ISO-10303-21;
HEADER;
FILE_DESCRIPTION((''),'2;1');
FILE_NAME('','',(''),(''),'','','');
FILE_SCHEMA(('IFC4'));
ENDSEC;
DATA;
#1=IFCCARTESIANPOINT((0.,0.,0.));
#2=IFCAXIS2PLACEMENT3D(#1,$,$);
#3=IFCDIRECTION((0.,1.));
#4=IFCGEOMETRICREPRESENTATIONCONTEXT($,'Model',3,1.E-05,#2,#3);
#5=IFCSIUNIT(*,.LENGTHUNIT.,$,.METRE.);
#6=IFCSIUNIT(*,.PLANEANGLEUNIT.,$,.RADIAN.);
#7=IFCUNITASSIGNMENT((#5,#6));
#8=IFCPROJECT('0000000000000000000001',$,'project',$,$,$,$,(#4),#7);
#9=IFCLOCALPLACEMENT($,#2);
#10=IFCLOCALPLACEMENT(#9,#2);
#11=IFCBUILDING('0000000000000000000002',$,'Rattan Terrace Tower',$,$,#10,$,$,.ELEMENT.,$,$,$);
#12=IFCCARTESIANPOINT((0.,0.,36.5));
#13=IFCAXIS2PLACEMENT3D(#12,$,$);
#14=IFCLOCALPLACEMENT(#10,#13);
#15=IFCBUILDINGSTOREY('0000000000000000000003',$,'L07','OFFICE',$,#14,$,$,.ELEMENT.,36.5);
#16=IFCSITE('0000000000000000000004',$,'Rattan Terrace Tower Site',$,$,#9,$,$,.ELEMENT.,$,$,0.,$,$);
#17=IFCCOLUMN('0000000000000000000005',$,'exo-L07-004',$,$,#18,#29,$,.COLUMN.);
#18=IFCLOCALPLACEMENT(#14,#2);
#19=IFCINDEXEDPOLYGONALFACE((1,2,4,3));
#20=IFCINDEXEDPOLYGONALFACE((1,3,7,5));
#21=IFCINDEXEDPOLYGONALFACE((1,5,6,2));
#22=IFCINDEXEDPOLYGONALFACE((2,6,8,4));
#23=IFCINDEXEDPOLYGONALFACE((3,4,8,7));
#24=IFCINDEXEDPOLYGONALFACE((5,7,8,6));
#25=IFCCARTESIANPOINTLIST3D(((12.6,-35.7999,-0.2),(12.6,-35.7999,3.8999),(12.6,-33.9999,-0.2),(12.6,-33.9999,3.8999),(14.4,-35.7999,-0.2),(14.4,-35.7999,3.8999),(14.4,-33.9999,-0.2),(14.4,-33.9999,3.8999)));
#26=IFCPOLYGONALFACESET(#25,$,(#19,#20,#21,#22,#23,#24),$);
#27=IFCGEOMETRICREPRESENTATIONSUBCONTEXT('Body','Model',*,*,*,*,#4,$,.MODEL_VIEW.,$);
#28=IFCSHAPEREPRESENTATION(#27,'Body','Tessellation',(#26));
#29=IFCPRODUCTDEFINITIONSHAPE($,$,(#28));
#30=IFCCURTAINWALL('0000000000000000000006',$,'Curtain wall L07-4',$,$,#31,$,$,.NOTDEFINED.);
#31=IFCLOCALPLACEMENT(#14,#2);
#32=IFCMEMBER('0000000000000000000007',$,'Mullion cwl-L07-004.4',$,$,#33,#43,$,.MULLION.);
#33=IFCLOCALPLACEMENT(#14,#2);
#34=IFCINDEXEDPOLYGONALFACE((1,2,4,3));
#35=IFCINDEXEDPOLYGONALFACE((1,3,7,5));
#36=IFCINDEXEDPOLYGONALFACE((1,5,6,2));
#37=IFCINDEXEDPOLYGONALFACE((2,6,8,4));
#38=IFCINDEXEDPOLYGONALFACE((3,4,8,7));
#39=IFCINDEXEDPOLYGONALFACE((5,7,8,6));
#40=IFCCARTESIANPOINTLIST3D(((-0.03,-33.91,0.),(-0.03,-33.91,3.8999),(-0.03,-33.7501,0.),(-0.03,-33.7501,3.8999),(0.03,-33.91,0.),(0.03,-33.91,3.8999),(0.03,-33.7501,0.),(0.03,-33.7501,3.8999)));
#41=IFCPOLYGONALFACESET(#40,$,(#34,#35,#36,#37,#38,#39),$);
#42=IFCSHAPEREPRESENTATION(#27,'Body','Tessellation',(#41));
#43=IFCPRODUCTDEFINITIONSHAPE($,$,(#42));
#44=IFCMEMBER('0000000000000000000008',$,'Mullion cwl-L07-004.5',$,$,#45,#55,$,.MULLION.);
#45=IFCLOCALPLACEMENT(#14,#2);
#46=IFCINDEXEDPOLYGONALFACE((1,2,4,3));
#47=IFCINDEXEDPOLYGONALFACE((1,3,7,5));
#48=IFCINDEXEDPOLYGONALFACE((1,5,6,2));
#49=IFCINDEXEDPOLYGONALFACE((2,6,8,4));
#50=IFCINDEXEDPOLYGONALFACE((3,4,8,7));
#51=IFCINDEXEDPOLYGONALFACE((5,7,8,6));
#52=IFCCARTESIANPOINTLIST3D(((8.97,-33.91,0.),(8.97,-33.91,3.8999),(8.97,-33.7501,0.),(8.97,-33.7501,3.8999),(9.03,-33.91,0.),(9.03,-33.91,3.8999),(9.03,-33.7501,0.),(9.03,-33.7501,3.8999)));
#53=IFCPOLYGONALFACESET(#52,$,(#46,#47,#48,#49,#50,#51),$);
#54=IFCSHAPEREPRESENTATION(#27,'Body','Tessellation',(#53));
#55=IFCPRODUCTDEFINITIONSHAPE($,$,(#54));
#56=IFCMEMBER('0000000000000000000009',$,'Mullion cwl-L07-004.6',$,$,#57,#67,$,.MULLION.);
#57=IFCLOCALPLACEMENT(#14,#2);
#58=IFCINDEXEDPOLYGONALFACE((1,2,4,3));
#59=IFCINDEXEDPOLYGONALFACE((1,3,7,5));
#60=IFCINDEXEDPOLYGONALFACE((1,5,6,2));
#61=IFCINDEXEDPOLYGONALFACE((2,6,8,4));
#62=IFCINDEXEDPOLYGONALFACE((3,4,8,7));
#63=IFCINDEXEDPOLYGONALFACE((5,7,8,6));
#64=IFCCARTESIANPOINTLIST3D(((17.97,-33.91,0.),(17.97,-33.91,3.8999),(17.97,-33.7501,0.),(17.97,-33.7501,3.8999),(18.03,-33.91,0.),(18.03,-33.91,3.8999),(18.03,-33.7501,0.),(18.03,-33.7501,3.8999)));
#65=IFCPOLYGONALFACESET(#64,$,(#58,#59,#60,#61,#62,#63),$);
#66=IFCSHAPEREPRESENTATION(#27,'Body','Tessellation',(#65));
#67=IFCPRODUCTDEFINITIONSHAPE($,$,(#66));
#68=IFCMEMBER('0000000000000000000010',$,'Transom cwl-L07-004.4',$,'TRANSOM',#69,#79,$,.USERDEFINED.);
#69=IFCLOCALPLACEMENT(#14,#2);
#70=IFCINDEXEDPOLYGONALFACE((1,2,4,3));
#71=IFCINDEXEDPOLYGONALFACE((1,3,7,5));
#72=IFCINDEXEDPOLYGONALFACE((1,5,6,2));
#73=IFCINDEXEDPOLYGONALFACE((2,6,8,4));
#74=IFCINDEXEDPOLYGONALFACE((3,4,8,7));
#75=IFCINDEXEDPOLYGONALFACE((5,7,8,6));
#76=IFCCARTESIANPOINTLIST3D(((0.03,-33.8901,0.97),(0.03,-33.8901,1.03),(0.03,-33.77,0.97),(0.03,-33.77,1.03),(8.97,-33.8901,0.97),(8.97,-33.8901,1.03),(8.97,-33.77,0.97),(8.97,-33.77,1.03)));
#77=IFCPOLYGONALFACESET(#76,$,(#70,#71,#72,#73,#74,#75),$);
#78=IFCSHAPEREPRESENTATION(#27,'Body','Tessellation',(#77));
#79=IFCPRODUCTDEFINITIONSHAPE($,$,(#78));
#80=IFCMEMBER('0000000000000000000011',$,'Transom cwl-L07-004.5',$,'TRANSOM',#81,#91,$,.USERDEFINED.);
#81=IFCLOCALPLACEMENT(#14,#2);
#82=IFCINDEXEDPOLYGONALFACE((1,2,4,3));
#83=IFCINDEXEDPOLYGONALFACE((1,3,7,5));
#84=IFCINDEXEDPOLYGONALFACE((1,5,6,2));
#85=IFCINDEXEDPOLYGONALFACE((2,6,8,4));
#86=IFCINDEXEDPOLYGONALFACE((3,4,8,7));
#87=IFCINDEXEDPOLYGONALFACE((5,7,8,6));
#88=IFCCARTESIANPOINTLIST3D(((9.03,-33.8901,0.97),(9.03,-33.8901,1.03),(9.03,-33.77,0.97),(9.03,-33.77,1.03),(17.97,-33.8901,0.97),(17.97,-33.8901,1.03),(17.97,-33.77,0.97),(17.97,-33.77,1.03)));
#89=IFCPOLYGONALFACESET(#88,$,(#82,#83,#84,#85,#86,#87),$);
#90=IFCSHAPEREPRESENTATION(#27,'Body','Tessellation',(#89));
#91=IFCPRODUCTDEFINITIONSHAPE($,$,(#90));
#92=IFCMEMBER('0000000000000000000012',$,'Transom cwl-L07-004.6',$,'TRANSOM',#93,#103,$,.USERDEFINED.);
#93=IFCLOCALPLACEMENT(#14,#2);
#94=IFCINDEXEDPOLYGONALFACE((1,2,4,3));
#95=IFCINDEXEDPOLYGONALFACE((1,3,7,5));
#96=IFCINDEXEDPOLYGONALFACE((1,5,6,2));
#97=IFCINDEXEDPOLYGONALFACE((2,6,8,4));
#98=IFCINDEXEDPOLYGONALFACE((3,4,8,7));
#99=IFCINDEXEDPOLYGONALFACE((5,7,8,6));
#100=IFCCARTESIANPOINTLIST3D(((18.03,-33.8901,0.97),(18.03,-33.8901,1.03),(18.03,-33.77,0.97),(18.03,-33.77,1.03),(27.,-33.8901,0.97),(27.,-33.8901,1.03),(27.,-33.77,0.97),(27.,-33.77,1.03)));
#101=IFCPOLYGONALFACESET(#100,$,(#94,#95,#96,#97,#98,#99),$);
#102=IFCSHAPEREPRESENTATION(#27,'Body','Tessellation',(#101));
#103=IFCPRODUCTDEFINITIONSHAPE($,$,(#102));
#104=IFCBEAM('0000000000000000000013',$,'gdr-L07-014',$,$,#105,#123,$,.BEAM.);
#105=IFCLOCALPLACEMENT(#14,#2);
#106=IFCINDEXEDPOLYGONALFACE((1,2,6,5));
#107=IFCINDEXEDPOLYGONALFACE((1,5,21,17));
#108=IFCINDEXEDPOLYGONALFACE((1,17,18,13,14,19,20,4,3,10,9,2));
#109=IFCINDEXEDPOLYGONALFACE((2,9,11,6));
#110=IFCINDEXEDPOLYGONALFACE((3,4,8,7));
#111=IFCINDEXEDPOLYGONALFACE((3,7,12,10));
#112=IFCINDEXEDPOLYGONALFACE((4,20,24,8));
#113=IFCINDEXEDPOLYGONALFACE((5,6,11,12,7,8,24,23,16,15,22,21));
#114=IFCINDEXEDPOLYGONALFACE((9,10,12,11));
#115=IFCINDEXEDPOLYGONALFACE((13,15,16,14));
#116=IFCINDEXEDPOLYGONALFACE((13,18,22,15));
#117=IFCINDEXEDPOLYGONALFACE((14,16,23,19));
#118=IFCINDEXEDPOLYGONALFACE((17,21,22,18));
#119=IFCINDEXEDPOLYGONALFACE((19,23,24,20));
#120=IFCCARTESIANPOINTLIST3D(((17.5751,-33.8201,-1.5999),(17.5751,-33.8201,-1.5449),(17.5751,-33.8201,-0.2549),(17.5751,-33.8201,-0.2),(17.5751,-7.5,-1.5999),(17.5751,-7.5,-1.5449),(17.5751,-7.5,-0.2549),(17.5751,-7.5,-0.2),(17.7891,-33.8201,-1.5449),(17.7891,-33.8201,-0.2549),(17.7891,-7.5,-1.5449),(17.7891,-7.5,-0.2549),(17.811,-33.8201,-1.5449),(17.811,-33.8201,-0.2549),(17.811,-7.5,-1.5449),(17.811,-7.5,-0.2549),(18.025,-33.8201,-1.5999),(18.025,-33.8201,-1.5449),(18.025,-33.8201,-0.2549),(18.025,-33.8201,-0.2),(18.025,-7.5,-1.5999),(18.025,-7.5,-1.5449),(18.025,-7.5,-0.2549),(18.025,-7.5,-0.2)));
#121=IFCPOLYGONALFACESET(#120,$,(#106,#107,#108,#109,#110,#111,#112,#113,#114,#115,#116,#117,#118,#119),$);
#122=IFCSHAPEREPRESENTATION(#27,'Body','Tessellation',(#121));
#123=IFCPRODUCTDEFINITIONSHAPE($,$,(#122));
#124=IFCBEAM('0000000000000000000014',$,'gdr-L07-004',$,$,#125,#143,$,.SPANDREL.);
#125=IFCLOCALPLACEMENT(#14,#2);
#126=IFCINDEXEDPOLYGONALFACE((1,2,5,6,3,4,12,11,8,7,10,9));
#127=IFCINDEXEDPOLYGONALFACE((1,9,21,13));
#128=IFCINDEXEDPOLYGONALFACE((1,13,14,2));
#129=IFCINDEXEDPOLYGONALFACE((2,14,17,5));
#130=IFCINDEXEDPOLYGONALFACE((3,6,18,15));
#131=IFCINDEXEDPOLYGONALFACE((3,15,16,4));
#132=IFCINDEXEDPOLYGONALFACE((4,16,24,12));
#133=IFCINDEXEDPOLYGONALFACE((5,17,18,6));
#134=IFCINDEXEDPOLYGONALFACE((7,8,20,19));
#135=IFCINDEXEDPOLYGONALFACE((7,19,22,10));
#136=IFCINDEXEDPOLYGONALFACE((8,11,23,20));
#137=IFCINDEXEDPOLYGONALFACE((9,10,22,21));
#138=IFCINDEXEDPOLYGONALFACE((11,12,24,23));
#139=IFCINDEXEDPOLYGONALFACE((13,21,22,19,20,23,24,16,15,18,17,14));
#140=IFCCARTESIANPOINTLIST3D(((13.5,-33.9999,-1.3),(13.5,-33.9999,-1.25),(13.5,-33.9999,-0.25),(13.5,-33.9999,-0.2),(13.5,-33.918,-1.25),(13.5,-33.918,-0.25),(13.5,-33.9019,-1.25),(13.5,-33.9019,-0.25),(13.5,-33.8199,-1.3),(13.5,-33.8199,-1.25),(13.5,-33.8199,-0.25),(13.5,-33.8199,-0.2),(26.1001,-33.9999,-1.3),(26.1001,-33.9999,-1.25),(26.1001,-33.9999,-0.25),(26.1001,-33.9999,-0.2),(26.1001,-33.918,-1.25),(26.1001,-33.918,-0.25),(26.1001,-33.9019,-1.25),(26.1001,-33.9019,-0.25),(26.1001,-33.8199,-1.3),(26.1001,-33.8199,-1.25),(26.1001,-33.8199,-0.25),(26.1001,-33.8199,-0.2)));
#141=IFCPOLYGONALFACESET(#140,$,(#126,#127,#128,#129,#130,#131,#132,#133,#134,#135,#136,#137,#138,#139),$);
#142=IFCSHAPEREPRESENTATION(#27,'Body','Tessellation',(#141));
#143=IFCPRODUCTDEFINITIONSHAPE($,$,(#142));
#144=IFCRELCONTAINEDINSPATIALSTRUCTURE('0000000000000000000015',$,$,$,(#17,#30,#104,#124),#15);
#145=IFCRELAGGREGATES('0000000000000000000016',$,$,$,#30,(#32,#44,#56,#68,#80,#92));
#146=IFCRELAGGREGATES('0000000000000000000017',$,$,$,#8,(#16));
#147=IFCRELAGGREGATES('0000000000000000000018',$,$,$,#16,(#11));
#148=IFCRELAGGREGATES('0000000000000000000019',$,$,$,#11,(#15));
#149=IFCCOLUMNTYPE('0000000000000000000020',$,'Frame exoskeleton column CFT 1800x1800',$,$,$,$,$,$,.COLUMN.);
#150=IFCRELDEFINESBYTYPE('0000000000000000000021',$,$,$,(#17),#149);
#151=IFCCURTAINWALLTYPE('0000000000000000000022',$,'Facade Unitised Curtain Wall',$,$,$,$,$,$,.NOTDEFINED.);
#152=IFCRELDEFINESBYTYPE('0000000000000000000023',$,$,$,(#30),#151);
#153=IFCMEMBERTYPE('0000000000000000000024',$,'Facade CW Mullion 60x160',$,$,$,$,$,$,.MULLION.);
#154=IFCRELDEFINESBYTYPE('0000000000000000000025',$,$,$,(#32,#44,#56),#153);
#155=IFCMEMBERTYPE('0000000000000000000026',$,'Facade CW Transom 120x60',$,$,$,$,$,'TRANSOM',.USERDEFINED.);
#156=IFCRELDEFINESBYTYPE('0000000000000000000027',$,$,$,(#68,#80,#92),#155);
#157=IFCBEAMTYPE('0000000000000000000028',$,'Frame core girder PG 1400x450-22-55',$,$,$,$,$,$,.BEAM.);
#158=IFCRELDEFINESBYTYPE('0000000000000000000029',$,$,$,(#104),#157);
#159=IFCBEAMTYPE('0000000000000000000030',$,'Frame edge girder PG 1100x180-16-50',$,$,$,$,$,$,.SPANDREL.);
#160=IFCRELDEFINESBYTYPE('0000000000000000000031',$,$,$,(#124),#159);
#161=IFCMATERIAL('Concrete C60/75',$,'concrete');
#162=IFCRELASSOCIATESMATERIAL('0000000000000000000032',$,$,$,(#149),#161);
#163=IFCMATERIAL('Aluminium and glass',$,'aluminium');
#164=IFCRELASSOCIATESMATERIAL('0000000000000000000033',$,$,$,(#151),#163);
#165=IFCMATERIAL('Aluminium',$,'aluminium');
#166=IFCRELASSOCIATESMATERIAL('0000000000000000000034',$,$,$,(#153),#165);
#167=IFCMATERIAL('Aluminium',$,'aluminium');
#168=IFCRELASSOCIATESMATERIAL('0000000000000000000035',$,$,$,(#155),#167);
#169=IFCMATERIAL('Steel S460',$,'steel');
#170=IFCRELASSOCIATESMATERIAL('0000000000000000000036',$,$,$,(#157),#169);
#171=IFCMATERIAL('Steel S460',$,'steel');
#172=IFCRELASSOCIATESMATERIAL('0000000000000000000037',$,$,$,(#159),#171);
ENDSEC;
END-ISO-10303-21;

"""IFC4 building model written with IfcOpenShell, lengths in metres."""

from ifc_helpers import new_model, si_unit, direction, frame, origin, origin_2d, place, context, subcontext, project, spatial, rectangle, i_section, extrude, material, material_profile, profile_set, type_object, element, aggregate, save


model = new_model("IFC4")

# Units and contexts
model_context = context("Model", 3, precision=1e-05, world=origin(), true_north=direction((0.0, 1.0)))
body_context = subcontext(model_context, "Body", "Model", "MODEL_VIEW")
ifc_project = project(units=[si_unit("LENGTHUNIT", "METRE"), si_unit("PLANEANGLEUNIT", "RADIAN")], contexts=[model_context])

# Site, building, storey
site_placement = place(None, origin())
site = spatial("IfcSite", under=ifc_project, at=site_placement, Name="Rattan Terrace Tower Site", CompositionType="ELEMENT", RefElevation=0.0)
building_placement = place(site_placement, origin())
building = spatial("IfcBuilding", under=site, at=building_placement, Name="Rattan Terrace Tower", CompositionType="ELEMENT")
storey_placement = place(building_placement, frame((0.0, 0.0, 36.5)))
storey = spatial("IfcBuildingStorey", under=building, at=storey_placement, Name="L07", Description="OFFICE", CompositionType="ELEMENT", Elevation=36.5)

# Column
ifc_material_1 = material(Name="Concrete C60/75", Category="concrete")
ifc_material_profile_1 = material_profile(ifc_material_1, rectangle(XDim=1.8, YDim=1.8, at=origin_2d()), Name="CFT 1800x1800")
ifc_profile_set_1 = profile_set([ifc_material_profile_1], Name="Concrete C60/75")
column_type = type_object("IfcColumnType", Name="Frame exoskeleton column CFT 1800x1800", PredefinedType="COLUMN", material=ifc_profile_set_1)
column_placement = place(storey_placement, frame((13.5, -34.8999, -0.2), z_axis=(0.0, 0.0, 1.0), x_axis=(1.0, 0.0, 0.0)))
element("IfcColumn", 1, at=column_placement, inside=storey, type_object=column_type, Name="exo-L07-004", PredefinedType="COLUMN", context=body_context, shape_type="SweptSolid", body=[
    extrude(rectangle(XDim=1.8, YDim=1.8, at=origin_2d()), origin(), (0.0, 0.0, 1.0), 4.0999),
])

# Curtain wall, members
ifc_material_2 = material(Name="Aluminium and glass", Category="aluminium")
curtain_wall_type = type_object("IfcCurtainWallType", Name="Facade Unitised Curtain Wall", PredefinedType="NOTDEFINED", material=ifc_material_2)
curtain_wall_placement = place(storey_placement, origin())
curtain_wall = element("IfcCurtainWall", 2, at=curtain_wall_placement, inside=storey, type_object=curtain_wall_type, Name="Curtain wall L07-4", PredefinedType="NOTDEFINED")
ifc_material_3 = material(Name="Aluminium", Category="aluminium")
ifc_material_profile_2 = material_profile(ifc_material_3, rectangle(XDim=0.0601, YDim=0.1599, at=origin_2d()), Name="Aluminium 60x160")
ifc_profile_set_2 = profile_set([ifc_material_profile_2], Name="Aluminium")
member_type_1 = type_object("IfcMemberType", Name="Facade CW Mullion 60x160", PredefinedType="MULLION", material=ifc_profile_set_2)
member_1_placement = place(storey_placement, frame((0.0, -33.8301, 0.0), z_axis=(0.0, 0.0, 1.0), x_axis=(1.0, 0.0, 0.0)))
member_1 = element("IfcMember", 3, at=member_1_placement, type_object=member_type_1, Name="Mullion cwl-L07-004.4", PredefinedType="MULLION", context=body_context, shape_type="SweptSolid", body=[
    extrude(rectangle(XDim=0.0601, YDim=0.1599, at=origin_2d()), origin(), (0.0, 0.0, 1.0), 3.8999),
])
member_2_placement = place(storey_placement, frame((9.0, -33.8301, 0.0), z_axis=(0.0, 0.0, 1.0), x_axis=(1.0, 0.0, 0.0)))
member_2 = element("IfcMember", 4, at=member_2_placement, type_object=member_type_1, Name="Mullion cwl-L07-004.5", PredefinedType="MULLION", context=body_context, shape_type="SweptSolid", body=[
    extrude(rectangle(XDim=0.0601, YDim=0.1599, at=origin_2d()), origin(), (0.0, 0.0, 1.0), 3.8999),
])
member_3_placement = place(storey_placement, frame((18.0, -33.8301, 0.0), z_axis=(0.0, 0.0, 1.0), x_axis=(1.0, 0.0, 0.0)))
member_3 = element("IfcMember", 5, at=member_3_placement, type_object=member_type_1, Name="Mullion cwl-L07-004.6", PredefinedType="MULLION", context=body_context, shape_type="SweptSolid", body=[
    extrude(rectangle(XDim=0.0601, YDim=0.1599, at=origin_2d()), origin(), (0.0, 0.0, 1.0), 3.8999),
])
ifc_material_4 = material(Name="Aluminium", Category="aluminium")
ifc_material_profile_3 = material_profile(ifc_material_4, rectangle(XDim=0.1201, YDim=0.0601, at=origin_2d()), Name="Aluminium 120x60")
ifc_profile_set_3 = profile_set([ifc_material_profile_3], Name="Aluminium")
member_type_2 = type_object("IfcMemberType", Name="Facade CW Transom 120x60", ElementType="TRANSOM", PredefinedType="USERDEFINED", material=ifc_profile_set_3)
member_4_placement = place(storey_placement, frame((0.03, -33.8301, 1.0), z_axis=(1.0, 0.0, 0.0), x_axis=(0.0, 1.0, 0.0)))
member_4 = element("IfcMember", 6, at=member_4_placement, type_object=member_type_2, Name="Transom cwl-L07-004.4", ObjectType="TRANSOM", PredefinedType="USERDEFINED", context=body_context, shape_type="SweptSolid", body=[
    extrude(rectangle(XDim=0.1201, YDim=0.0601, at=origin_2d()), origin(), (0.0, 0.0, 1.0), 8.9399),
])
member_5_placement = place(storey_placement, frame((9.03, -33.8301, 1.0), z_axis=(1.0, 0.0, 0.0), x_axis=(0.0, 1.0, 0.0)))
member_5 = element("IfcMember", 7, at=member_5_placement, type_object=member_type_2, Name="Transom cwl-L07-004.5", ObjectType="TRANSOM", PredefinedType="USERDEFINED", context=body_context, shape_type="SweptSolid", body=[
    extrude(rectangle(XDim=0.1201, YDim=0.0601, at=origin_2d()), origin(), (0.0, 0.0, 1.0), 8.9399),
])
member_6_placement = place(storey_placement, frame((18.03, -33.8301, 1.0), z_axis=(1.0, 0.0, 0.0), x_axis=(0.0, 1.0, 0.0)))
member_6 = element("IfcMember", 8, at=member_6_placement, type_object=member_type_2, Name="Transom cwl-L07-004.6", ObjectType="TRANSOM", PredefinedType="USERDEFINED", context=body_context, shape_type="SweptSolid", body=[
    extrude(rectangle(XDim=0.1201, YDim=0.0601, at=origin_2d()), origin(), (0.0, 0.0, 1.0), 8.97),
])

# Beams
ifc_material_5 = material(Name="Steel S460", Category="steel")
ifc_material_profile_4 = material_profile(ifc_material_5, i_section(OverallWidth=0.45, OverallDepth=1.3999, WebThickness=0.022, FlangeThickness=0.0549, at=origin_2d()), Name="PG 1400x450-22-55")
ifc_profile_set_4 = profile_set([ifc_material_profile_4], Name="Steel S460")
beam_type_1 = type_object("IfcBeamType", Name="Frame core girder PG 1400x450-22-55", PredefinedType="BEAM", material=ifc_profile_set_4)
beam_1_placement = place(storey_placement, frame((17.8, -33.8201, -0.8999), z_axis=(0.0, 1.0, 0.0), x_axis=(-1.0, 0.0, 0.0)))
element("IfcBeam", 9, at=beam_1_placement, inside=storey, type_object=beam_type_1, Name="gdr-L07-014", PredefinedType="BEAM", context=body_context, shape_type="SweptSolid", body=[
    extrude(i_section(OverallWidth=0.45, OverallDepth=1.3999, WebThickness=0.022, FlangeThickness=0.0549, at=origin_2d()), origin(), (0.0, 0.0, 1.0), 26.3201),
])
ifc_material_6 = material(Name="Steel S460", Category="steel")
ifc_material_profile_5 = material_profile(ifc_material_6, i_section(OverallWidth=0.1799, OverallDepth=1.1001, WebThickness=0.0161, FlangeThickness=0.05, at=origin_2d()), Name="PG 1100x180-16-50")
ifc_profile_set_5 = profile_set([ifc_material_profile_5], Name="Steel S460")
beam_type_2 = type_object("IfcBeamType", Name="Frame edge girder PG 1100x180-16-50", PredefinedType="SPANDREL", material=ifc_profile_set_5)
beam_2_placement = place(storey_placement, frame((13.5, -33.9099, -0.75), z_axis=(1.0, 0.0, 0.0), x_axis=(0.0, 1.0, 0.0)))
element("IfcBeam", 10, at=beam_2_placement, inside=storey, type_object=beam_type_2, Name="gdr-L07-004", PredefinedType="SPANDREL", context=body_context, shape_type="SweptSolid", body=[
    extrude(i_section(OverallWidth=0.1799, OverallDepth=1.1001, WebThickness=0.0161, FlangeThickness=0.05, at=origin_2d()), origin(), (0.0, 0.0, 1.0), 12.6001),
])

aggregate(curtain_wall, [member_1, member_2, member_3, member_4, member_5, member_6])

save(model, "model.ifc")
